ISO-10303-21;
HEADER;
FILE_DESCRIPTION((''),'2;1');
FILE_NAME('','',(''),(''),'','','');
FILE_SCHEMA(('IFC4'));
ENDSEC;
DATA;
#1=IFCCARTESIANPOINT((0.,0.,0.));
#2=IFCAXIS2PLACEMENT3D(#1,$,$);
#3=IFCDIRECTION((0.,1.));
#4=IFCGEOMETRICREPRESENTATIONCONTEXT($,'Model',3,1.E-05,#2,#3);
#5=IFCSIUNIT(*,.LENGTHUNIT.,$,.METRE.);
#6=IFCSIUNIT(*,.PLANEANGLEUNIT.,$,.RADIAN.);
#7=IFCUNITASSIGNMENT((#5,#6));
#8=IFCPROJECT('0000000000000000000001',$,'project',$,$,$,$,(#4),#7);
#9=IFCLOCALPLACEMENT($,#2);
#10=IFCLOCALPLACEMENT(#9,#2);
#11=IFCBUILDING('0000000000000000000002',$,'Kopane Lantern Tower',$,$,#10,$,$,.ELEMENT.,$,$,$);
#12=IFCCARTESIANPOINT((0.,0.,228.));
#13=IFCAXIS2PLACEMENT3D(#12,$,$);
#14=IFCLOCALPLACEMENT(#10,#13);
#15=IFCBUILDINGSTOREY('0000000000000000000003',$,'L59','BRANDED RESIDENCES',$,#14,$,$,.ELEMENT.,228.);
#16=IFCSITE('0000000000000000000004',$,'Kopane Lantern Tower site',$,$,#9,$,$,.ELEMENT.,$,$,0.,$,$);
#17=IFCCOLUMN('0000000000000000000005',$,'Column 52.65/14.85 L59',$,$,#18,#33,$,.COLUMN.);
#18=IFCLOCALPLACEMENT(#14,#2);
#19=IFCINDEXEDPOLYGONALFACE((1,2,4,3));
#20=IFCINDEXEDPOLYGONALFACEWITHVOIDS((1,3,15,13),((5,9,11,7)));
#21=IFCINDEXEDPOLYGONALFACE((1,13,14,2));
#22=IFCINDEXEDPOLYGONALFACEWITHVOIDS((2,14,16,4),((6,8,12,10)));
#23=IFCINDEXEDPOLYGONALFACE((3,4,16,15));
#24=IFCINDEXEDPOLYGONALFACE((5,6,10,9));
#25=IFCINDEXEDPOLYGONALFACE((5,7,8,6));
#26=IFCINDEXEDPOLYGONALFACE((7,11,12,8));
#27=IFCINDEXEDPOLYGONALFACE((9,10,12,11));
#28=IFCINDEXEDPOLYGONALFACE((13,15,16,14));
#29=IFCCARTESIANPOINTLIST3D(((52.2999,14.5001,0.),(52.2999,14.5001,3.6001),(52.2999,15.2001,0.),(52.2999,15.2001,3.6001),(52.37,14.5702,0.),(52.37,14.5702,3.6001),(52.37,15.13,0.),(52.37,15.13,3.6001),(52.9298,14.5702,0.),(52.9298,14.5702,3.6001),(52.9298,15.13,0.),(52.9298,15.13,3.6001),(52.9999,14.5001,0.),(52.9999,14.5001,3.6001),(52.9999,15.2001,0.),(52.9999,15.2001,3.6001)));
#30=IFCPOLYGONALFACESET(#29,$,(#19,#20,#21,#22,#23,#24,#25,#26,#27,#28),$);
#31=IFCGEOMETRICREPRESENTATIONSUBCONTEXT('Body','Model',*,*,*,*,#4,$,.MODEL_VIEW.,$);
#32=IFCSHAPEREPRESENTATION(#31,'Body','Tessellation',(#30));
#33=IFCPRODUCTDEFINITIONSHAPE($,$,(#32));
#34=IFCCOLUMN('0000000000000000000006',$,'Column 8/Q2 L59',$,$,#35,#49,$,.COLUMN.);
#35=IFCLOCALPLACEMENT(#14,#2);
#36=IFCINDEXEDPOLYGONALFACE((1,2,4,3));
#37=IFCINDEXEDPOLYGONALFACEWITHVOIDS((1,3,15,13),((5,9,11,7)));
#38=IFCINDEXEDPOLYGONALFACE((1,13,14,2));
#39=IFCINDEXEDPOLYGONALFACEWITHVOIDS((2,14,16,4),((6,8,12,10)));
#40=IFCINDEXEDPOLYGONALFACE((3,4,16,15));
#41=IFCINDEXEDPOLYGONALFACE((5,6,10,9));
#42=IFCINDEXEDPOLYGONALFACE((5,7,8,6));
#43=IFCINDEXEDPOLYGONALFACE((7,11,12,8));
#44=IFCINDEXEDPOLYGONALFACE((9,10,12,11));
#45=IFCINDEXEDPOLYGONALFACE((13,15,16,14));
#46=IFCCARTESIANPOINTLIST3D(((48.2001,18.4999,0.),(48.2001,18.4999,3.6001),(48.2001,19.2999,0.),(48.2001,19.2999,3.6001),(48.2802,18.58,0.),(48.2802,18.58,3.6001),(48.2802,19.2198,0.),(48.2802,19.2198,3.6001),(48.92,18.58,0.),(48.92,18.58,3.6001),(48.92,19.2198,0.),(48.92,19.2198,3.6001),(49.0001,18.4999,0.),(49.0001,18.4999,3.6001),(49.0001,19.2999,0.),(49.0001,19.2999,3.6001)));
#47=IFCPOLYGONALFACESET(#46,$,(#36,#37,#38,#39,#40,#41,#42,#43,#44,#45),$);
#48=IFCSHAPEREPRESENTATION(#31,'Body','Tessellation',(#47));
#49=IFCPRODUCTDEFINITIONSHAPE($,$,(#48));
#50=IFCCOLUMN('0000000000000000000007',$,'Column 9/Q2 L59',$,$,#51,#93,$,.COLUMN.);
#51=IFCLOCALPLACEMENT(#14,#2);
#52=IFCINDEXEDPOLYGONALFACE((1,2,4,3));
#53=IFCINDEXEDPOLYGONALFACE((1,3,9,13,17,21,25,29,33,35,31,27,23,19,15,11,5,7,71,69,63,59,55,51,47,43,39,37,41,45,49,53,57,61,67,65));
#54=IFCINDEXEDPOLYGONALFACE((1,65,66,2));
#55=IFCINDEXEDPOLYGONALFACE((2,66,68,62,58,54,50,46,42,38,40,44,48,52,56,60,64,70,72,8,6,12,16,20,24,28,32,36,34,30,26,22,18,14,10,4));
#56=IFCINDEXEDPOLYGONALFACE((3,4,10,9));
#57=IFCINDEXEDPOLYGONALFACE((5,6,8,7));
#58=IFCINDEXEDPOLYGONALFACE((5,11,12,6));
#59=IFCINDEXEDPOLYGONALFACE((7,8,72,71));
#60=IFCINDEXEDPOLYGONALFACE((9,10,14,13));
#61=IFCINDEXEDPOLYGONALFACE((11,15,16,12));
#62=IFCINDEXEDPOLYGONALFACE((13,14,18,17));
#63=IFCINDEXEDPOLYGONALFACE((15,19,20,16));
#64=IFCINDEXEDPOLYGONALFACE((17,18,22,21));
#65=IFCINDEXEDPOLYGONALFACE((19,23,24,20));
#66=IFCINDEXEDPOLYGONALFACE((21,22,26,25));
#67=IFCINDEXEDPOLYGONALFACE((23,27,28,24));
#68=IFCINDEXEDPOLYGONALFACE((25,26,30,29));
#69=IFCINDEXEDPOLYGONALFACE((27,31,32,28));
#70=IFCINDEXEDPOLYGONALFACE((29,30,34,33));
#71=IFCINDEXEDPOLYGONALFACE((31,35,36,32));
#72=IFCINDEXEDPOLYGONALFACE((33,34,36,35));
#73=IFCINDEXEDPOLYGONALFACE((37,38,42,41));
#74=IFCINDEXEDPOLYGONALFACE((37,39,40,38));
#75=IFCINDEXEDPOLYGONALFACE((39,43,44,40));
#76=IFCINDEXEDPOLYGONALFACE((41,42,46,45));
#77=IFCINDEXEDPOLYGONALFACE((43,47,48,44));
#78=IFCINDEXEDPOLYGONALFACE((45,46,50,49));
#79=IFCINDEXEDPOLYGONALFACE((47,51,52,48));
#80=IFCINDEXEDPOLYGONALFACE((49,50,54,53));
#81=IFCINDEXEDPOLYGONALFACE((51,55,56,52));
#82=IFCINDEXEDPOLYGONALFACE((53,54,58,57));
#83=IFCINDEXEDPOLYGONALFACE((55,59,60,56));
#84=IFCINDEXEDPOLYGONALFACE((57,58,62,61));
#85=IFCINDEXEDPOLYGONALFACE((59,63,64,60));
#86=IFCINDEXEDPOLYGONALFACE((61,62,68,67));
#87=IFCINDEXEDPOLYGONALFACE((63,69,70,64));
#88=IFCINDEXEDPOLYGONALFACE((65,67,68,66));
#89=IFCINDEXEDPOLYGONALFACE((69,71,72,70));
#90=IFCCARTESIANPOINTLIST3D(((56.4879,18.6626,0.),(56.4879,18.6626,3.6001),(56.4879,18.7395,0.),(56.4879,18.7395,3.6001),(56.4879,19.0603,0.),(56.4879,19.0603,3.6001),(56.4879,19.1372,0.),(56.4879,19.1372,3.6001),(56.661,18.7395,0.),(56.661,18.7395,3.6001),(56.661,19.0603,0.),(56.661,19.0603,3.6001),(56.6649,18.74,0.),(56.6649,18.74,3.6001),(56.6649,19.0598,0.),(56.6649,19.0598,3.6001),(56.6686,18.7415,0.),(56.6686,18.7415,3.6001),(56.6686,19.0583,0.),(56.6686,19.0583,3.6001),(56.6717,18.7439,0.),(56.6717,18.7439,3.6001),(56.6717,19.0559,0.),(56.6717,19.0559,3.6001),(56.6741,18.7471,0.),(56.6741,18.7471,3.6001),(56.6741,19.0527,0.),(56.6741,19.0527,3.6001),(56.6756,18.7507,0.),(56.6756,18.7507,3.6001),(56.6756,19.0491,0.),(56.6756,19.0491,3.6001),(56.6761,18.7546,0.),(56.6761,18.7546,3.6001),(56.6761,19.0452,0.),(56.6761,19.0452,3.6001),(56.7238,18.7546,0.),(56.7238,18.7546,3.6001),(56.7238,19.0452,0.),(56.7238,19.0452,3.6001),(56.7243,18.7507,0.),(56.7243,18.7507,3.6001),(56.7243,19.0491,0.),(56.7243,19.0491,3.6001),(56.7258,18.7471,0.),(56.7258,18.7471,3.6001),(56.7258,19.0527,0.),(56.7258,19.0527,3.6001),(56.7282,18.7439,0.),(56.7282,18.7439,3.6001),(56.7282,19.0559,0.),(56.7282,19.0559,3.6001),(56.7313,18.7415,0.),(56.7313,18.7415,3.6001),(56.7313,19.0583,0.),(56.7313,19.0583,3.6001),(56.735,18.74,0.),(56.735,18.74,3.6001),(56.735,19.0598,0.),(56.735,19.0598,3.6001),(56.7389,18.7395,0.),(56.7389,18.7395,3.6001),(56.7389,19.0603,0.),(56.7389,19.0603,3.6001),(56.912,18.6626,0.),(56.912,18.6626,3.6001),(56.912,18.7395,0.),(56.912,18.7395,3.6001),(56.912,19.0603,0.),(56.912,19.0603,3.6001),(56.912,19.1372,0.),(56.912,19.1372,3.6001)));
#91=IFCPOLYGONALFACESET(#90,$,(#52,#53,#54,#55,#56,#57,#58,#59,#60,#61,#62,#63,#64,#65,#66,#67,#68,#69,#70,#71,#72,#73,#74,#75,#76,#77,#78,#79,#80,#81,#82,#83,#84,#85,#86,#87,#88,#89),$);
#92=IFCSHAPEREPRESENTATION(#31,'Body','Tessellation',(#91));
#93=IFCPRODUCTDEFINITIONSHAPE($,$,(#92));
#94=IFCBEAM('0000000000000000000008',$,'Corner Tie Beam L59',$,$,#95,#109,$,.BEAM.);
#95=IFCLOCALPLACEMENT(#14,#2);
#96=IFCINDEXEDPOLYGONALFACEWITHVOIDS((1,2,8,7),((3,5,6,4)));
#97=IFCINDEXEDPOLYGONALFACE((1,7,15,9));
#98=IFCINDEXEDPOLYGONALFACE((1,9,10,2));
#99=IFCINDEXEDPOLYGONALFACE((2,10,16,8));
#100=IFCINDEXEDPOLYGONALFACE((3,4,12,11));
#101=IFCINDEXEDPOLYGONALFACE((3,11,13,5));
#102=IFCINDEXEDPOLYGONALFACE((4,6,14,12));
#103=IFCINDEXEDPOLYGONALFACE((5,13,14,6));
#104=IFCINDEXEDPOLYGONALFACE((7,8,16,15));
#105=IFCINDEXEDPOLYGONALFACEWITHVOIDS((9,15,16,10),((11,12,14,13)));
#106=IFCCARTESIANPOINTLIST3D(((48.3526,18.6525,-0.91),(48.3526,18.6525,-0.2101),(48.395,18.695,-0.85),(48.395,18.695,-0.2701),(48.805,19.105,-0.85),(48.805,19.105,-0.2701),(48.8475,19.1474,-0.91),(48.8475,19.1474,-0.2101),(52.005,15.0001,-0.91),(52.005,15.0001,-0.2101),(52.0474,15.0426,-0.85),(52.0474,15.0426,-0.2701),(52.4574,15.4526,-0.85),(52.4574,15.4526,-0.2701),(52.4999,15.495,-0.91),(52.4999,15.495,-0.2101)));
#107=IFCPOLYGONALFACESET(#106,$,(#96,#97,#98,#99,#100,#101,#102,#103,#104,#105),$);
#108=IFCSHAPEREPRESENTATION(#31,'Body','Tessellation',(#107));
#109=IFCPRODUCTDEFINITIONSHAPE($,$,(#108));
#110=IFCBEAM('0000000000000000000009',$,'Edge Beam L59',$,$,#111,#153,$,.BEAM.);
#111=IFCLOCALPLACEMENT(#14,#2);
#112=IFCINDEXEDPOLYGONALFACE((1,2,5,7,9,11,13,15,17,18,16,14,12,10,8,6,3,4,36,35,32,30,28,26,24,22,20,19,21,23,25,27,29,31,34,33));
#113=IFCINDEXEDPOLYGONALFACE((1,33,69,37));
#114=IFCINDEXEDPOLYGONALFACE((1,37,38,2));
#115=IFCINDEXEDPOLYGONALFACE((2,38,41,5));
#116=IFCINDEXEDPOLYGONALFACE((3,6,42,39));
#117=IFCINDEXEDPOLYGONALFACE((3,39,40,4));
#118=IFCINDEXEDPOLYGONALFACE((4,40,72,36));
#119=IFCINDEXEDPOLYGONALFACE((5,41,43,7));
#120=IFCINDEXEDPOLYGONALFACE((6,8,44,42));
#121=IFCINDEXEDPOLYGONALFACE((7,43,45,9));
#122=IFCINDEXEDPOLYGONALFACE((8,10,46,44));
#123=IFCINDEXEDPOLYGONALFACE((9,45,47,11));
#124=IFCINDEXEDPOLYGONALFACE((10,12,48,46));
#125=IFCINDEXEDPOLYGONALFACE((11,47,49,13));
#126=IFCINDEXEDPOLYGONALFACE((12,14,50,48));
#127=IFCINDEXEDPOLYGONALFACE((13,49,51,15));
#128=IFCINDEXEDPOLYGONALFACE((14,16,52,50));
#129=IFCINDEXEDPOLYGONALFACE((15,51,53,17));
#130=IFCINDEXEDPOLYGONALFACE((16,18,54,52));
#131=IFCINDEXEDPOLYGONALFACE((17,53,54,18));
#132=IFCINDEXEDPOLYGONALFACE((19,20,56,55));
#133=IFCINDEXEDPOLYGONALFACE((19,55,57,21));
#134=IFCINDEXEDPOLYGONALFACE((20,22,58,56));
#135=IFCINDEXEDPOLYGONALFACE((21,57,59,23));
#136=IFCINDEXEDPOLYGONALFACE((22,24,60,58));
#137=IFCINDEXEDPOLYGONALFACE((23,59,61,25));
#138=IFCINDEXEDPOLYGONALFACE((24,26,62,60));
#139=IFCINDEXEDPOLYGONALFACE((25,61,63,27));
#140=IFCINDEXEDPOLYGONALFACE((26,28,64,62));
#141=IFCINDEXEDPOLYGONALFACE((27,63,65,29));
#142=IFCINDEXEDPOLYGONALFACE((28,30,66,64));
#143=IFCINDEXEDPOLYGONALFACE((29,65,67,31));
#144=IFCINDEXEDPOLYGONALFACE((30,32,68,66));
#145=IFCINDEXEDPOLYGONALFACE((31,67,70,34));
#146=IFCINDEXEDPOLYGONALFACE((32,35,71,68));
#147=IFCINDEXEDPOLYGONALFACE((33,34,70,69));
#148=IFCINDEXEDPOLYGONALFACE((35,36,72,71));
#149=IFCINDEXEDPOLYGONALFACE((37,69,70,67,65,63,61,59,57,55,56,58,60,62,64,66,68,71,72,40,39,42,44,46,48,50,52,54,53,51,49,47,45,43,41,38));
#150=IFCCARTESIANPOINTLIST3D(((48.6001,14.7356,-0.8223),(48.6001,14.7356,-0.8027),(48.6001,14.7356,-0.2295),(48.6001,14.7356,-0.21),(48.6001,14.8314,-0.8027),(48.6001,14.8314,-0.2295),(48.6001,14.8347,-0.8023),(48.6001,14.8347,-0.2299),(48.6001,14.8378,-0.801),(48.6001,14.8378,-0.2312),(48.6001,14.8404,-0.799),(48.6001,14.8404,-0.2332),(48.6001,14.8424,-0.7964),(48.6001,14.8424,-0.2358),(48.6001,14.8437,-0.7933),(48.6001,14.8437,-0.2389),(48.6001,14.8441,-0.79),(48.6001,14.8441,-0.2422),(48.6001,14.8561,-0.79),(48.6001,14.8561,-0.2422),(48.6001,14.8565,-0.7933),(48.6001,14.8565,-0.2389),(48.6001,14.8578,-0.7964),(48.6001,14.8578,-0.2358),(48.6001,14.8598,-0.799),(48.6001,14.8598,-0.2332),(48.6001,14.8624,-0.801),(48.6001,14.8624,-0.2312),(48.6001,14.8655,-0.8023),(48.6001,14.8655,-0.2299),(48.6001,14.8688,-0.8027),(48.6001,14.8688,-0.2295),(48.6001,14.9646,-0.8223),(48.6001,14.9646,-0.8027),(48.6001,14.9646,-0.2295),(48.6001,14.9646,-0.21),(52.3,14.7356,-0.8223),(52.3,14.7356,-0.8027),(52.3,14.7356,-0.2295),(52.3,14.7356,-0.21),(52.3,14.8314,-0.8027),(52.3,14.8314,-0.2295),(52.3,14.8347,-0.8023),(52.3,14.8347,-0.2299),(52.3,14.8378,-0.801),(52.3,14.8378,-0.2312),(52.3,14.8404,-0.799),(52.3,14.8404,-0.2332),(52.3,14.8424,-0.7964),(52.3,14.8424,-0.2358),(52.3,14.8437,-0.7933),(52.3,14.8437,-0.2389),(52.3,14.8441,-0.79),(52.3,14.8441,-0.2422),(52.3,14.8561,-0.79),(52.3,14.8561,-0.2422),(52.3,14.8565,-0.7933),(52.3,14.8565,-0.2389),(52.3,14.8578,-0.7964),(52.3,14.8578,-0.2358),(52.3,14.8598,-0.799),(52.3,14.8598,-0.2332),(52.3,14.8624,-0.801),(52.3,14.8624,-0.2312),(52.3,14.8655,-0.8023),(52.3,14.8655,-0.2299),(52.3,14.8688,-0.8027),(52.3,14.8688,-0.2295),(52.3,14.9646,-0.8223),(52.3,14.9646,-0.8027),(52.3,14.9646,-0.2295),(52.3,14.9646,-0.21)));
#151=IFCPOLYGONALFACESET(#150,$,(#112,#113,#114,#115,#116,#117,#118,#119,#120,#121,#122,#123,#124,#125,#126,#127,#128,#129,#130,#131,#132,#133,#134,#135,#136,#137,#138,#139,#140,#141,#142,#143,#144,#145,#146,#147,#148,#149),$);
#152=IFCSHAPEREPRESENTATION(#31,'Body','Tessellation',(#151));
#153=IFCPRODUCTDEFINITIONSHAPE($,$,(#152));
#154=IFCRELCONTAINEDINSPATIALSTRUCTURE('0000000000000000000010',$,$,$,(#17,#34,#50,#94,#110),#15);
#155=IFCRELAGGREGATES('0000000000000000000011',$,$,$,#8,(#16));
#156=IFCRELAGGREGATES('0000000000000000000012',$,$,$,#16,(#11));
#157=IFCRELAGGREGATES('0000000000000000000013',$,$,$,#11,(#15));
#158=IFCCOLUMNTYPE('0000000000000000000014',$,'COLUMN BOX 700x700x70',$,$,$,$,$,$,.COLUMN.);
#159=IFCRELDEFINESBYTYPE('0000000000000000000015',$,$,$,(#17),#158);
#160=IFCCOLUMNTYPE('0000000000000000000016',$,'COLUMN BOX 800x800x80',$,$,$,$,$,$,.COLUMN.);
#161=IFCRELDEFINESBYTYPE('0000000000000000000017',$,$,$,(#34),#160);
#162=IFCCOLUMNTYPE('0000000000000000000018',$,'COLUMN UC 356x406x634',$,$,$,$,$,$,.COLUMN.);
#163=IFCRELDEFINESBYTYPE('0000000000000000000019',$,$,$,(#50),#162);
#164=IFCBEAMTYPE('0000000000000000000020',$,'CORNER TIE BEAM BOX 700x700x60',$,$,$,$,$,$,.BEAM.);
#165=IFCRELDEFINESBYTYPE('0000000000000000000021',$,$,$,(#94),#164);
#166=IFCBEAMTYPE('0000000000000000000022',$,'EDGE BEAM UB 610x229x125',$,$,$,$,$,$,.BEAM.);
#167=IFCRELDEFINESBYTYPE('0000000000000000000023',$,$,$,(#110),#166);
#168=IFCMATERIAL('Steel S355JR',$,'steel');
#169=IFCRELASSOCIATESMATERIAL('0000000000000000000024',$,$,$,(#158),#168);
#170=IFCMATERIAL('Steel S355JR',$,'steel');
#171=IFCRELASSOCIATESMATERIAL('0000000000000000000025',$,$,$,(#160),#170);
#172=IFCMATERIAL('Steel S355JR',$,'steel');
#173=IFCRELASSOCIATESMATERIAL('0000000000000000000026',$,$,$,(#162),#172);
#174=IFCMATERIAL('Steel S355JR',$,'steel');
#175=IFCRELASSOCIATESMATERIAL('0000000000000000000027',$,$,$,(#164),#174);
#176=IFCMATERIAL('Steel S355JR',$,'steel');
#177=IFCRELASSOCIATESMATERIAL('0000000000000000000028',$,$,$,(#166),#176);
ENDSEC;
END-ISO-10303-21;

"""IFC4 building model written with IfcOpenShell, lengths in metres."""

from ifc_helpers import new_model, si_unit, direction, frame, origin, origin_2d, place, context, subcontext, project, spatial, hollow_rectangle, i_section, extrude, material, material_profile, profile_set, type_object, element, save


model = new_model("IFC4")

# Units and contexts
model_context = context("Model", 3, precision=1e-05, world=origin(), true_north=direction((0.0, 1.0)))
body_context = subcontext(model_context, "Body", "Model", "MODEL_VIEW")
ifc_project = project(units=[si_unit("LENGTHUNIT", "METRE"), si_unit("PLANEANGLEUNIT", "RADIAN")], contexts=[model_context])

# Site, building, storey
site_placement = place(None, origin())
site = spatial("IfcSite", under=ifc_project, at=site_placement, Name="Kopane Lantern Tower site", CompositionType="ELEMENT", RefElevation=0.0)
building_placement = place(site_placement, origin())
building = spatial("IfcBuilding", under=site, at=building_placement, Name="Kopane Lantern Tower", CompositionType="ELEMENT")
storey_placement = place(building_placement, frame((0.0, 0.0, 228.0)))
storey = spatial("IfcBuildingStorey", under=building, at=storey_placement, Name="L59", Description="BRANDED RESIDENCES", CompositionType="ELEMENT", Elevation=228.0)

# Columns
ifc_material_1 = material(Name="Steel S355JR", Category="steel")
ifc_material_profile_1 = material_profile(ifc_material_1, hollow_rectangle(XDim=0.7, YDim=0.7, WallThickness=0.0701, at=origin_2d()), Name="BOX 700x700x70")
ifc_profile_set_1 = profile_set([ifc_material_profile_1], Name="Steel S355JR")
column_type_1 = type_object("IfcColumnType", Name="COLUMN BOX 700x700x70", PredefinedType="COLUMN", material=ifc_profile_set_1)
column_1_placement = place(storey_placement, frame((52.6499, 14.8501, 0.0), z_axis=(0.0, 0.0, 1.0), x_axis=(1.0, 0.0, 0.0)))
element("IfcColumn", 1, at=column_1_placement, inside=storey, type_object=column_type_1, Name="Column 52.65/14.85 L59", PredefinedType="COLUMN", context=body_context, shape_type="SweptSolid", body=[
    extrude(hollow_rectangle(XDim=0.7, YDim=0.7, WallThickness=0.0701, at=origin_2d()), origin(), (0.0, 0.0, 1.0), 3.6001),
])
ifc_material_2 = material(Name="Steel S355JR", Category="steel")
ifc_material_profile_2 = material_profile(ifc_material_2, hollow_rectangle(XDim=0.8, YDim=0.8, WallThickness=0.0801, at=origin_2d()), Name="BOX 800x800x80")
ifc_profile_set_2 = profile_set([ifc_material_profile_2], Name="Steel S355JR")
column_type_2 = type_object("IfcColumnType", Name="COLUMN BOX 800x800x80", PredefinedType="COLUMN", material=ifc_profile_set_2)
column_2_placement = place(storey_placement, frame((48.6001, 18.8999, 0.0), z_axis=(0.0, 0.0, 1.0), x_axis=(1.0, 0.0, 0.0)))
element("IfcColumn", 2, at=column_2_placement, inside=storey, type_object=column_type_2, Name="Column 8/Q2 L59", PredefinedType="COLUMN", context=body_context, shape_type="SweptSolid", body=[
    extrude(hollow_rectangle(XDim=0.8, YDim=0.8, WallThickness=0.0801, at=origin_2d()), origin(), (0.0, 0.0, 1.0), 3.6001),
])
ifc_material_3 = material(Name="Steel S355JR", Category="steel")
ifc_material_profile_3 = material_profile(ifc_material_3, i_section(OverallWidth=0.4241, OverallDepth=0.4746, WebThickness=0.0476, FlangeThickness=0.0769, FilletRadius=0.0151, at=origin_2d()), Name="UC 356x406x634")
ifc_profile_set_3 = profile_set([ifc_material_profile_3], Name="Steel S355JR")
column_type_3 = type_object("IfcColumnType", Name="COLUMN UC 356x406x634", PredefinedType="COLUMN", material=ifc_profile_set_3)
column_3_placement = place(storey_placement, frame((56.7, 18.8999, 0.0), z_axis=(0.0, 0.0, 1.0), x_axis=(1.0, 0.0, 0.0)))
element("IfcColumn", 3, at=column_3_placement, inside=storey, type_object=column_type_3, Name="Column 9/Q2 L59", PredefinedType="COLUMN", context=body_context, shape_type="SweptSolid", body=[
    extrude(i_section(OverallWidth=0.4241, OverallDepth=0.4746, WebThickness=0.0476, FlangeThickness=0.0769, FilletRadius=0.0151, at=origin_2d()), origin(), (0.0, 0.0, 1.0), 3.6001),
])

# Beams
ifc_material_4 = material(Name="Steel S355JR", Category="steel")
ifc_material_profile_4 = material_profile(ifc_material_4, hollow_rectangle(XDim=0.7, YDim=0.7, WallThickness=0.0601, at=origin_2d()), Name="BOX 700x700x60")
ifc_profile_set_4 = profile_set([ifc_material_profile_4], Name="Steel S355JR")
beam_type_1 = type_object("IfcBeamType", Name="CORNER TIE BEAM BOX 700x700x60", PredefinedType="BEAM", material=ifc_profile_set_4)
beam_1_placement = place(storey_placement, frame((52.2524, 15.2476, -0.5601), z_axis=(-0.707107, 0.707107, 0.0), x_axis=(-0.707107, -0.707107, 0.0)))
element("IfcBeam", 4, at=beam_1_placement, inside=storey, type_object=beam_type_1, Name="Corner Tie Beam L59", PredefinedType="BEAM", context=body_context, shape_type="SweptSolid", body=[
    extrude(hollow_rectangle(XDim=0.7, YDim=0.7, WallThickness=0.0601, at=origin_2d()), origin(), (0.0, 0.0, 1.0), 5.1653),
])
ifc_material_5 = material(Name="Steel S355JR", Category="steel")
ifc_material_profile_5 = material_profile(ifc_material_5, i_section(OverallWidth=0.229, OverallDepth=0.6123, WebThickness=0.012, FlangeThickness=0.0195, FilletRadius=0.0127, at=origin_2d()), Name="UB 610x229x125")
ifc_profile_set_5 = profile_set([ifc_material_profile_5], Name="Steel S355JR")
beam_type_2 = type_object("IfcBeamType", Name="EDGE BEAM UB 610x229x125", PredefinedType="BEAM", material=ifc_profile_set_5)
for number, where, z_axis, x_axis, name in (
    (5, (52.3, 14.8501, -0.5161), (-1.0, 0.0, 0.0), (0.0, -1.0, 0.0), "Edge Beam L59"),
):
    element("IfcBeam", number, at=place(storey_placement, frame(where, z_axis=z_axis, x_axis=x_axis)), inside=storey, type_object=beam_type_2, Name=name, PredefinedType="BEAM", context=body_context, shape_type="SweptSolid", body=[
        extrude(i_section(OverallWidth=0.229, OverallDepth=0.6123, WebThickness=0.012, FlangeThickness=0.0195, FilletRadius=0.0127, at=origin_2d()), origin(), (0.0, 0.0, 1.0), 3.7),
    ])

save(model, "model.ifc")
